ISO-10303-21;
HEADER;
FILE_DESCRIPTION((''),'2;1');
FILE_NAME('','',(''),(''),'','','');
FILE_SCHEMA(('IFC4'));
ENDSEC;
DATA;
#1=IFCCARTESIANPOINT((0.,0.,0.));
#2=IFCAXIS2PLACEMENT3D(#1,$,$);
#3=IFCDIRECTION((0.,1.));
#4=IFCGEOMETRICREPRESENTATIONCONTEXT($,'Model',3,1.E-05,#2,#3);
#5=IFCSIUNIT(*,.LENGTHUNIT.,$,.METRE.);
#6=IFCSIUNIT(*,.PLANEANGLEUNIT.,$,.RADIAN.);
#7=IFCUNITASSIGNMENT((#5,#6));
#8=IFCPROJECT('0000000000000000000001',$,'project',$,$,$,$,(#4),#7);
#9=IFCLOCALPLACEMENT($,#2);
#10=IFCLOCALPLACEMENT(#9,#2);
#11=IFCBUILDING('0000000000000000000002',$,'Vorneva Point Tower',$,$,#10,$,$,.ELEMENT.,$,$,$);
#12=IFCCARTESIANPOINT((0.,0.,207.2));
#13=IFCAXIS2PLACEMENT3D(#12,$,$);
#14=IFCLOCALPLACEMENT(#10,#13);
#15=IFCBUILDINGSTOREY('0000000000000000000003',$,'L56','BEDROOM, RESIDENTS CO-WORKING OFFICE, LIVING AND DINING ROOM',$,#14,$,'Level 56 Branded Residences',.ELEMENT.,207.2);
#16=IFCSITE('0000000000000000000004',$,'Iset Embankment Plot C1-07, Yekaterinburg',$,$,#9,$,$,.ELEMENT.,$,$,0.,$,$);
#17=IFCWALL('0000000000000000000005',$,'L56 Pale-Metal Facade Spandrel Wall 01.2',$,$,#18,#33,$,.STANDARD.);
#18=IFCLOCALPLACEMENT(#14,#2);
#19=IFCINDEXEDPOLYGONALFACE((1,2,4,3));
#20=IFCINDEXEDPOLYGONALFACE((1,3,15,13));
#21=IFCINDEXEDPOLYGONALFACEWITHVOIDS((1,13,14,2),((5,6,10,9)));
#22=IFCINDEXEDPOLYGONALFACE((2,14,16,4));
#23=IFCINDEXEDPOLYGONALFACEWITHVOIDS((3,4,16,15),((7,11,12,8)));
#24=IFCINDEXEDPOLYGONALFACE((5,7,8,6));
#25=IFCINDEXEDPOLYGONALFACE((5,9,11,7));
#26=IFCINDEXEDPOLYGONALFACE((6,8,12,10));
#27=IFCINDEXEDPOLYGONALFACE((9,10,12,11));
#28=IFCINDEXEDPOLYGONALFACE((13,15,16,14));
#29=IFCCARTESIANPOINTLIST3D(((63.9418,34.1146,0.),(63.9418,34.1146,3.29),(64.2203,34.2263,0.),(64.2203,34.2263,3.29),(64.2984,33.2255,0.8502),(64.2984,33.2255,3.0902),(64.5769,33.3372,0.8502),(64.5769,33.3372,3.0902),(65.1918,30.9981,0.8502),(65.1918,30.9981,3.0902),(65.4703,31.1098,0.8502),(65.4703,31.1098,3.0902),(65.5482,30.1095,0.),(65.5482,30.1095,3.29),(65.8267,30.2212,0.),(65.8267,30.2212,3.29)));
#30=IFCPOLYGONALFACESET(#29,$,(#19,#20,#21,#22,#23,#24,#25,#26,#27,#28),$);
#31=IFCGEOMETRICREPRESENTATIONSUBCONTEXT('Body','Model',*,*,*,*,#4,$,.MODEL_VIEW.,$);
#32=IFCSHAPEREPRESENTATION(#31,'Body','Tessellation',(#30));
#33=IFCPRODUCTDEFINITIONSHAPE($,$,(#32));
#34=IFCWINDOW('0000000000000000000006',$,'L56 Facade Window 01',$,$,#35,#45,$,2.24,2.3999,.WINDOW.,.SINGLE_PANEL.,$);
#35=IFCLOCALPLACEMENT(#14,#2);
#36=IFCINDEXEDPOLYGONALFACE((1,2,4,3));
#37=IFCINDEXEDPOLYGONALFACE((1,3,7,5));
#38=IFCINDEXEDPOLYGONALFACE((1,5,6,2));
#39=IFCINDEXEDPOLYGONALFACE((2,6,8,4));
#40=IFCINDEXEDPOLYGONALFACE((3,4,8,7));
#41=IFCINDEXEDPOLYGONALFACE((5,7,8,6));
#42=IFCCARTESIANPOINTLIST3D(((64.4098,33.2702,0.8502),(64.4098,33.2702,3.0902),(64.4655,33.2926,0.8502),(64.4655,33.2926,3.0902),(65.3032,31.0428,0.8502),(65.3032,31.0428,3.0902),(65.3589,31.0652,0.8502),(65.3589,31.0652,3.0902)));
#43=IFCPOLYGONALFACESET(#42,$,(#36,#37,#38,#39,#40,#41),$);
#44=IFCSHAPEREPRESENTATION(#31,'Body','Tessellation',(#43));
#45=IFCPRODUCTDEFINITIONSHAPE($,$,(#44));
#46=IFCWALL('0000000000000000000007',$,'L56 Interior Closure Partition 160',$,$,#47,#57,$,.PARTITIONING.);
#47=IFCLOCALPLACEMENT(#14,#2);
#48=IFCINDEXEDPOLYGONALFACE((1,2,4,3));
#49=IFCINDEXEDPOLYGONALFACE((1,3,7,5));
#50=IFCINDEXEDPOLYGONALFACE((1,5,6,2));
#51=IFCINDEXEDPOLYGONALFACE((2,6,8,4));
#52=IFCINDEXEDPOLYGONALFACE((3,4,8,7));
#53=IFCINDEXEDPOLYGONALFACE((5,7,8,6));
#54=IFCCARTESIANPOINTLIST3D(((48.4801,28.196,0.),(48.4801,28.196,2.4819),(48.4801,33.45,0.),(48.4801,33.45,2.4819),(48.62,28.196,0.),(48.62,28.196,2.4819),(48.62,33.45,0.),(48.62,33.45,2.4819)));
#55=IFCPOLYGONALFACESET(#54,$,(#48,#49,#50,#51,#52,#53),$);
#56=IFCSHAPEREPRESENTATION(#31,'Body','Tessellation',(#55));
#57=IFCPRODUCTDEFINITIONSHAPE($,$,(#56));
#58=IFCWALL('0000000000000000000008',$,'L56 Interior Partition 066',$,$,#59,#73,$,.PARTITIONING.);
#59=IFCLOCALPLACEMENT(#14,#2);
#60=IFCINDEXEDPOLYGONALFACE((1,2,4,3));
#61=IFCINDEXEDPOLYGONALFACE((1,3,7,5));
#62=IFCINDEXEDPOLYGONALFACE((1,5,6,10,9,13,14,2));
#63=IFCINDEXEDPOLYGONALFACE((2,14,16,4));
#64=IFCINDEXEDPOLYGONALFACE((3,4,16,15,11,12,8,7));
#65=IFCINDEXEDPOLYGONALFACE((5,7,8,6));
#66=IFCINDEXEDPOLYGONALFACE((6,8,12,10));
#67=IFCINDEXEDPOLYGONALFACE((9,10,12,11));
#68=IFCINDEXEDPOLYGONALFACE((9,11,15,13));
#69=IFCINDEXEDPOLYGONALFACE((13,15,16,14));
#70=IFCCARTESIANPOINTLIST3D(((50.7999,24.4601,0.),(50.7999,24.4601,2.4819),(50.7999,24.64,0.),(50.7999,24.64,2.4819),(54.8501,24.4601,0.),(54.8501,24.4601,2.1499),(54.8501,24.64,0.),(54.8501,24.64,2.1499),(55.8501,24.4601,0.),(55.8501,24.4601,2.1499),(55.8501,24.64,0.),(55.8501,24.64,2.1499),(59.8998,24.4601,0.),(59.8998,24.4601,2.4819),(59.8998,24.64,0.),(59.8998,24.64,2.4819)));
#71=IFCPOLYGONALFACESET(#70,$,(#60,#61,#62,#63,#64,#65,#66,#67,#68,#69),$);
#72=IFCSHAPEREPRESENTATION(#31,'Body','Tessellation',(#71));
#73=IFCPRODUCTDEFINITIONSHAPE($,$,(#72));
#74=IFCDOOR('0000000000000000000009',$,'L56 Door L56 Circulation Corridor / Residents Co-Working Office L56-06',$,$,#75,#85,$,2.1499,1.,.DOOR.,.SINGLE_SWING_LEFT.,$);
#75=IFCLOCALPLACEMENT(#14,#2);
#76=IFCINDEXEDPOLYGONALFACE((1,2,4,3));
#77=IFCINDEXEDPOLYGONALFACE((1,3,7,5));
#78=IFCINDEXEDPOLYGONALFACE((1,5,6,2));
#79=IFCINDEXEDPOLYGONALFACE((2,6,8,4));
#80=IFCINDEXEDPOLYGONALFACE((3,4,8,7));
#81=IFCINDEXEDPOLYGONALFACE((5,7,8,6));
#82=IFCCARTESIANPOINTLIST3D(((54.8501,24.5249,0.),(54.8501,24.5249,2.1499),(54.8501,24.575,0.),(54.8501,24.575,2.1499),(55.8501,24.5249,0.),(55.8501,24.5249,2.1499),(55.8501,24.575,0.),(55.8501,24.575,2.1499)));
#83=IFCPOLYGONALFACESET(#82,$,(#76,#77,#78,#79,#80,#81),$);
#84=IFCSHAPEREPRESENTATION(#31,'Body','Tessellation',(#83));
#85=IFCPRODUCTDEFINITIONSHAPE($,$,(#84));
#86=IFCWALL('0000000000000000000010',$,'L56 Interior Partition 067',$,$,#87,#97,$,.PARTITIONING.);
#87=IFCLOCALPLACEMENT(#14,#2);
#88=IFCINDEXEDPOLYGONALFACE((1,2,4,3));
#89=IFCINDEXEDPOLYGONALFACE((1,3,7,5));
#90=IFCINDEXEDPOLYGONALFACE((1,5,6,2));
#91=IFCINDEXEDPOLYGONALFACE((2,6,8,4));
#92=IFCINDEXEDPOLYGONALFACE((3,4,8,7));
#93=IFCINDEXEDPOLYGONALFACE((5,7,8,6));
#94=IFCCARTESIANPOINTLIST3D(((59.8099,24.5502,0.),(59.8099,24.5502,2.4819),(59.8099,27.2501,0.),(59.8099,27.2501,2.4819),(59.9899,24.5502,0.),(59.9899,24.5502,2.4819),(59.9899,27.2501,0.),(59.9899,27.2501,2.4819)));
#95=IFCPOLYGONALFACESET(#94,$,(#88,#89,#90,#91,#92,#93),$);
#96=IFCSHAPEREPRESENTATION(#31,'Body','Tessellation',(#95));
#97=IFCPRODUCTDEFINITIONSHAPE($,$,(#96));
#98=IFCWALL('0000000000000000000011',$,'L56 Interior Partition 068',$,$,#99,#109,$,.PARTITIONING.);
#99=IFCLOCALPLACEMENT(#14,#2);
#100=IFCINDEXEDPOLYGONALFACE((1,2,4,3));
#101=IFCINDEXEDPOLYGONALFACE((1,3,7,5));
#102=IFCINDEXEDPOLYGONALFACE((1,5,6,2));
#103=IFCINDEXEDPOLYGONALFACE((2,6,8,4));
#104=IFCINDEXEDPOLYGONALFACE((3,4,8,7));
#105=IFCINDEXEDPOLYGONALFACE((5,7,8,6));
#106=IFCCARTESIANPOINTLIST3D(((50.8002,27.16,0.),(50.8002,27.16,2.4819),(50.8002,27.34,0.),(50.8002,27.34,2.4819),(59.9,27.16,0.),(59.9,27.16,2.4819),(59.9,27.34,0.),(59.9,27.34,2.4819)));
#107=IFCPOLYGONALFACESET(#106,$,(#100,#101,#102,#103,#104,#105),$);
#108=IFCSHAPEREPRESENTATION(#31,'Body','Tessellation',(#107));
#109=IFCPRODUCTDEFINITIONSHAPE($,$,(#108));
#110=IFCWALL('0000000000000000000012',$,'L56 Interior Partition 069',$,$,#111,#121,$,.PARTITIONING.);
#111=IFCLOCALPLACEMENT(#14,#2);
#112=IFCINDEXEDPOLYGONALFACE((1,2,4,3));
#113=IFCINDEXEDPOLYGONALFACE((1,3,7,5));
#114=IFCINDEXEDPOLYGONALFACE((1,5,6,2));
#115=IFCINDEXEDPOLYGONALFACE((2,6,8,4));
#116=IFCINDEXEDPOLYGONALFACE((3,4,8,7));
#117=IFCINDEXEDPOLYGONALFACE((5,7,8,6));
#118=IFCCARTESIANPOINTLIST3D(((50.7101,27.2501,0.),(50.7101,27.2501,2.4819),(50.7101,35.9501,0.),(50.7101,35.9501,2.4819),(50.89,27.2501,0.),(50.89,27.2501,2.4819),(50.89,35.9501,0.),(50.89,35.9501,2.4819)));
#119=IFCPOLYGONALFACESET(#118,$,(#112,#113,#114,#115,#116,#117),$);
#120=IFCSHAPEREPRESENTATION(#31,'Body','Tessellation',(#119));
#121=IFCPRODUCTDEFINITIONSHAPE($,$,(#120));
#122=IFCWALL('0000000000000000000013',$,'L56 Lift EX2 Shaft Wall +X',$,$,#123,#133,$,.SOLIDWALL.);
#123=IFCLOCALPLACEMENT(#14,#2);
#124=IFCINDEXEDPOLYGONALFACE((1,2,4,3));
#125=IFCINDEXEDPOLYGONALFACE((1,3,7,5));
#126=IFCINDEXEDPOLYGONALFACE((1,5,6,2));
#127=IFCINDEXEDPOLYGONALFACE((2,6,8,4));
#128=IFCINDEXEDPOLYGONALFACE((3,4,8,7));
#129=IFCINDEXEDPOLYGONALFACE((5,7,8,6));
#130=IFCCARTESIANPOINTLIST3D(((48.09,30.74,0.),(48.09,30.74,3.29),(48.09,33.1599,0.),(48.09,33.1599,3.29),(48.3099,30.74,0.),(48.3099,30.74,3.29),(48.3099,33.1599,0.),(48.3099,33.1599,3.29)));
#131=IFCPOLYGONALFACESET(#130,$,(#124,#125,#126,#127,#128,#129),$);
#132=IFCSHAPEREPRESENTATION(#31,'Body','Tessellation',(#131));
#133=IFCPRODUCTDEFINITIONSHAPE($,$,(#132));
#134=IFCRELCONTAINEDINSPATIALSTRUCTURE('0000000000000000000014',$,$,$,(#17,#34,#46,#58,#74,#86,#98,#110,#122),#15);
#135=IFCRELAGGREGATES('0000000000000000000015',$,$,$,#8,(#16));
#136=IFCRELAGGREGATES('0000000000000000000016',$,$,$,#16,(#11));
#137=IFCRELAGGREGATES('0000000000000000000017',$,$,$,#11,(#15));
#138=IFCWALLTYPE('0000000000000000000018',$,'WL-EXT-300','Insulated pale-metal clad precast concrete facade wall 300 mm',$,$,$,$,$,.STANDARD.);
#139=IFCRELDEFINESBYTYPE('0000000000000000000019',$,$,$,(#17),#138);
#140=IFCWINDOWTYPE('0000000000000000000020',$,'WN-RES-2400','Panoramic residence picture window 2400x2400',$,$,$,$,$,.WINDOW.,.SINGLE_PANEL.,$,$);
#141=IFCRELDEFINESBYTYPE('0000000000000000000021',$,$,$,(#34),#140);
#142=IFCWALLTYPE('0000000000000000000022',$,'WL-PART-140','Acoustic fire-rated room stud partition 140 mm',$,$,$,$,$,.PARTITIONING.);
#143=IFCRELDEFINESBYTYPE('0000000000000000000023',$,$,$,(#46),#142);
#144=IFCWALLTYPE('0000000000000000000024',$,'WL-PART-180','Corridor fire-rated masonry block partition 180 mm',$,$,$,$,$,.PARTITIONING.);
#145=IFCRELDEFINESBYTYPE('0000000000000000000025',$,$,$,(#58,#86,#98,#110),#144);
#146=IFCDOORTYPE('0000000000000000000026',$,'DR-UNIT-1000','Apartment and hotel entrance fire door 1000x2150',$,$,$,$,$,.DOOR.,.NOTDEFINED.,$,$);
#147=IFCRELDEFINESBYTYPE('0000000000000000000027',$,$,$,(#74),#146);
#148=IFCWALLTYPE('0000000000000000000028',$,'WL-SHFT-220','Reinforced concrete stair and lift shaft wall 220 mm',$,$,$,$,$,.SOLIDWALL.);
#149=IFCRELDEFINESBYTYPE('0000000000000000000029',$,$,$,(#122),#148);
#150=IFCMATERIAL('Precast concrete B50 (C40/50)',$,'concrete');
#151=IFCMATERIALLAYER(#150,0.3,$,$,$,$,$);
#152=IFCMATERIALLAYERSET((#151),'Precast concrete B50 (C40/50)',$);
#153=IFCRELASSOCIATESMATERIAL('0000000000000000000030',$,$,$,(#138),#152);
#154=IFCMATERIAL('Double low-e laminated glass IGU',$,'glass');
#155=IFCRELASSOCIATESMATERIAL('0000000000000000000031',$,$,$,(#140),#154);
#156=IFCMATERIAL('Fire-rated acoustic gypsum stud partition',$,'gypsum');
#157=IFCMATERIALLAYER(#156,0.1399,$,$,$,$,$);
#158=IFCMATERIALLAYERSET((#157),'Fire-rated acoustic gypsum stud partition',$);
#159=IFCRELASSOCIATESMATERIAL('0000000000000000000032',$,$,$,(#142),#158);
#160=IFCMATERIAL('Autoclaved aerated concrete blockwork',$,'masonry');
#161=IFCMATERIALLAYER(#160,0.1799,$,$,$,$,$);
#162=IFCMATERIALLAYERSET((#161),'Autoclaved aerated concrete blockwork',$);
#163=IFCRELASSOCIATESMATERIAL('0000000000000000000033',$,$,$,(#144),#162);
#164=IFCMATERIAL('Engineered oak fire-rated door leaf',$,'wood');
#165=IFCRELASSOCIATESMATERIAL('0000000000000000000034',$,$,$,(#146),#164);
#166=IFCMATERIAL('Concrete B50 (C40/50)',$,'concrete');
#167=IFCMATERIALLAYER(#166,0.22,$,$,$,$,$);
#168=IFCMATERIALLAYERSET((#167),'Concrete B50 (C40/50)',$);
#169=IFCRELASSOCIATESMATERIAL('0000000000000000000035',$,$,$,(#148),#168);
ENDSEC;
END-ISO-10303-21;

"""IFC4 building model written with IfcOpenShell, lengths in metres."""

from ifc_helpers import new_model, si_unit, direction, frame, frame_2d, origin, place, context, subcontext, project, spatial, rectangle, extrude, material, layer, layer_set, type_object, element, fill, save


model = new_model("IFC4")

# Units and contexts
model_context = context("Model", 3, precision=1e-05, world=origin(), true_north=direction((0.0, 1.0)))
body_context = subcontext(model_context, "Body", "Model", "MODEL_VIEW")
ifc_project = project(units=[si_unit("LENGTHUNIT", "METRE"), si_unit("PLANEANGLEUNIT", "RADIAN")], contexts=[model_context])

# Site, building, storey
site_placement = place(None, origin())
site = spatial("IfcSite", under=ifc_project, at=site_placement, Name="Iset Embankment Plot C1-07, Yekaterinburg", CompositionType="ELEMENT", RefElevation=0.0)
building_placement = place(site_placement, origin())
building = spatial("IfcBuilding", under=site, at=building_placement, Name="Vorneva Point Tower", CompositionType="ELEMENT")
storey_placement = place(building_placement, frame((0.0, 0.0, 207.2)))
storey = spatial("IfcBuildingStorey", under=building, at=storey_placement, Name="L56", Description="BEDROOM, RESIDENTS CO-WORKING OFFICE, LIVING AND DINING ROOM", LongName="Level 56 Branded Residences", CompositionType="ELEMENT", Elevation=207.2)

# Shared definitions
ifc_material_1 = material(Name="Concrete B50 (C40/50)", Category="concrete")

# Shared definitions
ifc_material_2 = material(Name="Precast concrete B50 (C40/50)", Category="concrete")
ifc_layer_1 = layer(ifc_material_2, 0.3)
ifc_layer_set_1 = layer_set([ifc_layer_1], Name="Precast concrete B50 (C40/50)")
wall_type_1 = type_object("IfcWallType", Name="WL-EXT-300", Description="Insulated pale-metal clad precast concrete facade wall 300 mm", PredefinedType="STANDARD", material=ifc_layer_set_1)

# Wall, opening, window
wall_1_placement = place(storey_placement, frame((65.6875, 30.1653, 0.0), z_axis=(0.0, 0.0, 1.0), x_axis=(-0.372268, 0.928125, 0.0)))
wall_1 = element("IfcWall", 1, at=wall_1_placement, inside=storey, type_object=wall_type_1, Name="L56 Pale-Metal Facade Spandrel Wall 01.2", PredefinedType="STANDARD", context=body_context, shape_type="SweptSolid", body=[
    extrude(rectangle(XDim=4.3152, YDim=0.3, at=frame_2d((2.1577, 0.0))), origin(), (0.0, 0.0, 1.0), 3.29),
])
opening_1_placement = place(wall_1_placement, frame((0.9575, 0.0, 0.8501)))
opening_1 = element("IfcOpeningElement", 2, at=opening_1_placement, cuts=wall_1, PredefinedType="OPENING", context=body_context, shape_type="SweptSolid", body=[
    extrude(rectangle(XDim=2.3999, YDim=2.24, at=frame_2d((1.2, 1.1201))), frame((0.0, 0.165, 0.0), z_axis=(0.0, -1.0, 0.0), x_axis=(1.0, 0.0, 0.0)), (0.0, 0.0, 1.0), 0.3298),
])
ifc_material_3 = material(Name="Double low-e laminated glass IGU", Category="glass")
window_type = type_object("IfcWindowType", Name="WN-RES-2400", Description="Panoramic residence picture window 2400x2400", PartitioningType="SINGLE_PANEL", PredefinedType="WINDOW", material=ifc_material_3)
window_placement = place(opening_1_placement, origin())
window = element("IfcWindow", 3, at=window_placement, inside=storey, type_object=window_type, Name="L56 Facade Window 01", OverallHeight=2.24, OverallWidth=2.3999, PartitioningType="SINGLE_PANEL", PredefinedType="WINDOW", context=body_context, shape_type="SweptSolid", body=[
    extrude(rectangle(XDim=2.3999, YDim=2.24, at=frame_2d((1.2, 1.1201))), frame((0.0, 0.03, 0.0), z_axis=(0.0, -1.0, 0.0), x_axis=(1.0, 0.0, 0.0)), (0.0, 0.0, 1.0), 0.0601),
])
fill(opening_1, window)

# Wall
ifc_material_4 = material(Name="Fire-rated acoustic gypsum stud partition", Category="gypsum")
ifc_layer_2 = layer(ifc_material_4, 0.1399)
ifc_layer_set_2 = layer_set([ifc_layer_2], Name="Fire-rated acoustic gypsum stud partition")
wall_type_2 = type_object("IfcWallType", Name="WL-PART-140", Description="Acoustic fire-rated room stud partition 140 mm", PredefinedType="PARTITIONING", material=ifc_layer_set_2)
wall_2_placement = place(storey_placement, frame((48.55, 28.196, 0.0), z_axis=(0.0, 0.0, 1.0), x_axis=(0.0, 1.0, 0.0)))
element("IfcWall", 4, at=wall_2_placement, inside=storey, type_object=wall_type_2, Name="L56 Interior Closure Partition 160", PredefinedType="PARTITIONING", context=body_context, shape_type="SweptSolid", body=[
    extrude(rectangle(XDim=5.2539, YDim=0.1399, at=frame_2d((2.627, 0.0))), origin(), (0.0, 0.0, 1.0), 2.4819),
])

# Wall, opening, door
ifc_material_5 = material(Name="Autoclaved aerated concrete blockwork", Category="masonry")
ifc_layer_3 = layer(ifc_material_5, 0.1799)
ifc_layer_set_3 = layer_set([ifc_layer_3], Name="Autoclaved aerated concrete blockwork")
wall_type_3 = type_object("IfcWallType", Name="WL-PART-180", Description="Corridor fire-rated masonry block partition 180 mm", PredefinedType="PARTITIONING", material=ifc_layer_set_3)
wall_3_placement = place(storey_placement, frame((50.8, 24.55, 0.0), z_axis=(0.0, 0.0, 1.0), x_axis=(1.0, 0.0, 0.0)))
wall_3 = element("IfcWall", 5, at=wall_3_placement, inside=storey, type_object=wall_type_3, Name="L56 Interior Partition 066", PredefinedType="PARTITIONING", context=body_context, shape_type="SweptSolid", body=[
    extrude(rectangle(XDim=9.0999, YDim=0.1799, at=frame_2d((4.5498, 0.0))), origin(), (0.0, 0.0, 1.0), 2.4819),
])
opening_2_placement = place(wall_3_placement, frame((4.05, 0.0, 0.0)))
opening_2 = element("IfcOpeningElement", 6, at=opening_2_placement, cuts=wall_3, PredefinedType="OPENING", context=body_context, shape_type="SweptSolid", body=[
    extrude(rectangle(XDim=1.0, YDim=2.1499, at=frame_2d((0.5, 1.075))), frame((0.0, 0.105, 0.0), z_axis=(0.0, -1.0, 0.0), x_axis=(1.0, 0.0, 0.0)), (0.0, 0.0, 1.0), 0.2097),
])
ifc_material_6 = material(Name="Engineered oak fire-rated door leaf", Category="wood")
door_type_1 = type_object("IfcDoorType", Name="DR-UNIT-1000", Description="Apartment and hotel entrance fire door 1000x2150", OperationType="NOTDEFINED", PredefinedType="DOOR", material=ifc_material_6)
door_1_placement = place(opening_2_placement, origin())
door_1 = element("IfcDoor", 7, at=door_1_placement, inside=storey, type_object=door_type_1, Name="L56 Door L56 Circulation Corridor / Residents Co-Working Office L56-06", OperationType="SINGLE_SWING_LEFT", OverallHeight=2.1499, OverallWidth=1.0, PredefinedType="DOOR", context=body_context, shape_type="SweptSolid", body=[
    extrude(rectangle(XDim=1.0, YDim=2.1499, at=frame_2d((0.5, 1.075))), frame((0.0, 0.0249, 0.0), z_axis=(0.0, -1.0, 0.0), x_axis=(1.0, 0.0, 0.0)), (0.0, 0.0, 1.0), 0.05),
])
fill(opening_2, door_1)

# Walls
wall_4_placement = place(storey_placement, frame((59.8999, 24.55, 0.0), z_axis=(0.0, 0.0, 1.0), x_axis=(0.0, 1.0, 0.0)))
element("IfcWall", 8, at=wall_4_placement, inside=storey, type_object=wall_type_3, Name="L56 Interior Partition 067", PredefinedType="PARTITIONING", context=body_context, shape_type="SweptSolid", body=[
    extrude(rectangle(XDim=2.7, YDim=0.1799, at=frame_2d((1.3501, 0.0))), origin(), (0.0, 0.0, 1.0), 2.4819),
])
wall_5_placement = place(storey_placement, frame((59.8999, 27.25, 0.0), z_axis=(0.0, 0.0, 1.0), x_axis=(-1.0, 0.0, 0.0)))
element("IfcWall", 9, at=wall_5_placement, inside=storey, type_object=wall_type_3, Name="L56 Interior Partition 068", PredefinedType="PARTITIONING", context=body_context, shape_type="SweptSolid", body=[
    extrude(rectangle(XDim=9.0999, YDim=0.1799, at=frame_2d((4.5498, 0.0))), origin(), (0.0, 0.0, 1.0), 2.4819),
])
wall_6_placement = place(storey_placement, frame((50.8, 27.25, 0.0), z_axis=(0.0, 0.0, 1.0), x_axis=(0.0, 1.0, 0.0)))
element("IfcWall", 10, at=wall_6_placement, inside=storey, type_object=wall_type_3, Name="L56 Interior Partition 069", PredefinedType="PARTITIONING", context=body_context, shape_type="SweptSolid", body=[
    extrude(rectangle(XDim=8.7, YDim=0.1799, at=frame_2d((4.3501, 0.0))), origin(), (0.0, 0.0, 1.0), 2.4819),
])
ifc_layer_4 = layer(ifc_material_1, 0.22)
ifc_layer_set_4 = layer_set([ifc_layer_4], Name="Concrete B50 (C40/50)")
wall_type_4 = type_object("IfcWallType", Name="WL-SHFT-220", Description="Reinforced concrete stair and lift shaft wall 220 mm", PredefinedType="SOLIDWALL", material=ifc_layer_set_4)
wall_7_placement = place(storey_placement, frame((48.2, 30.74, 0.0), z_axis=(0.0, 0.0, 1.0), x_axis=(0.0, 1.0, 0.0)))
element("IfcWall", 11, at=wall_7_placement, inside=storey, type_object=wall_type_4, Name="L56 Lift EX2 Shaft Wall +X", PredefinedType="SOLIDWALL", context=body_context, shape_type="SweptSolid", body=[
    extrude(rectangle(XDim=2.4199, YDim=0.22, at=frame_2d((1.21, 0.0))), origin(), (0.0, 0.0, 1.0), 3.29),
])

save(model, "model.ifc")
